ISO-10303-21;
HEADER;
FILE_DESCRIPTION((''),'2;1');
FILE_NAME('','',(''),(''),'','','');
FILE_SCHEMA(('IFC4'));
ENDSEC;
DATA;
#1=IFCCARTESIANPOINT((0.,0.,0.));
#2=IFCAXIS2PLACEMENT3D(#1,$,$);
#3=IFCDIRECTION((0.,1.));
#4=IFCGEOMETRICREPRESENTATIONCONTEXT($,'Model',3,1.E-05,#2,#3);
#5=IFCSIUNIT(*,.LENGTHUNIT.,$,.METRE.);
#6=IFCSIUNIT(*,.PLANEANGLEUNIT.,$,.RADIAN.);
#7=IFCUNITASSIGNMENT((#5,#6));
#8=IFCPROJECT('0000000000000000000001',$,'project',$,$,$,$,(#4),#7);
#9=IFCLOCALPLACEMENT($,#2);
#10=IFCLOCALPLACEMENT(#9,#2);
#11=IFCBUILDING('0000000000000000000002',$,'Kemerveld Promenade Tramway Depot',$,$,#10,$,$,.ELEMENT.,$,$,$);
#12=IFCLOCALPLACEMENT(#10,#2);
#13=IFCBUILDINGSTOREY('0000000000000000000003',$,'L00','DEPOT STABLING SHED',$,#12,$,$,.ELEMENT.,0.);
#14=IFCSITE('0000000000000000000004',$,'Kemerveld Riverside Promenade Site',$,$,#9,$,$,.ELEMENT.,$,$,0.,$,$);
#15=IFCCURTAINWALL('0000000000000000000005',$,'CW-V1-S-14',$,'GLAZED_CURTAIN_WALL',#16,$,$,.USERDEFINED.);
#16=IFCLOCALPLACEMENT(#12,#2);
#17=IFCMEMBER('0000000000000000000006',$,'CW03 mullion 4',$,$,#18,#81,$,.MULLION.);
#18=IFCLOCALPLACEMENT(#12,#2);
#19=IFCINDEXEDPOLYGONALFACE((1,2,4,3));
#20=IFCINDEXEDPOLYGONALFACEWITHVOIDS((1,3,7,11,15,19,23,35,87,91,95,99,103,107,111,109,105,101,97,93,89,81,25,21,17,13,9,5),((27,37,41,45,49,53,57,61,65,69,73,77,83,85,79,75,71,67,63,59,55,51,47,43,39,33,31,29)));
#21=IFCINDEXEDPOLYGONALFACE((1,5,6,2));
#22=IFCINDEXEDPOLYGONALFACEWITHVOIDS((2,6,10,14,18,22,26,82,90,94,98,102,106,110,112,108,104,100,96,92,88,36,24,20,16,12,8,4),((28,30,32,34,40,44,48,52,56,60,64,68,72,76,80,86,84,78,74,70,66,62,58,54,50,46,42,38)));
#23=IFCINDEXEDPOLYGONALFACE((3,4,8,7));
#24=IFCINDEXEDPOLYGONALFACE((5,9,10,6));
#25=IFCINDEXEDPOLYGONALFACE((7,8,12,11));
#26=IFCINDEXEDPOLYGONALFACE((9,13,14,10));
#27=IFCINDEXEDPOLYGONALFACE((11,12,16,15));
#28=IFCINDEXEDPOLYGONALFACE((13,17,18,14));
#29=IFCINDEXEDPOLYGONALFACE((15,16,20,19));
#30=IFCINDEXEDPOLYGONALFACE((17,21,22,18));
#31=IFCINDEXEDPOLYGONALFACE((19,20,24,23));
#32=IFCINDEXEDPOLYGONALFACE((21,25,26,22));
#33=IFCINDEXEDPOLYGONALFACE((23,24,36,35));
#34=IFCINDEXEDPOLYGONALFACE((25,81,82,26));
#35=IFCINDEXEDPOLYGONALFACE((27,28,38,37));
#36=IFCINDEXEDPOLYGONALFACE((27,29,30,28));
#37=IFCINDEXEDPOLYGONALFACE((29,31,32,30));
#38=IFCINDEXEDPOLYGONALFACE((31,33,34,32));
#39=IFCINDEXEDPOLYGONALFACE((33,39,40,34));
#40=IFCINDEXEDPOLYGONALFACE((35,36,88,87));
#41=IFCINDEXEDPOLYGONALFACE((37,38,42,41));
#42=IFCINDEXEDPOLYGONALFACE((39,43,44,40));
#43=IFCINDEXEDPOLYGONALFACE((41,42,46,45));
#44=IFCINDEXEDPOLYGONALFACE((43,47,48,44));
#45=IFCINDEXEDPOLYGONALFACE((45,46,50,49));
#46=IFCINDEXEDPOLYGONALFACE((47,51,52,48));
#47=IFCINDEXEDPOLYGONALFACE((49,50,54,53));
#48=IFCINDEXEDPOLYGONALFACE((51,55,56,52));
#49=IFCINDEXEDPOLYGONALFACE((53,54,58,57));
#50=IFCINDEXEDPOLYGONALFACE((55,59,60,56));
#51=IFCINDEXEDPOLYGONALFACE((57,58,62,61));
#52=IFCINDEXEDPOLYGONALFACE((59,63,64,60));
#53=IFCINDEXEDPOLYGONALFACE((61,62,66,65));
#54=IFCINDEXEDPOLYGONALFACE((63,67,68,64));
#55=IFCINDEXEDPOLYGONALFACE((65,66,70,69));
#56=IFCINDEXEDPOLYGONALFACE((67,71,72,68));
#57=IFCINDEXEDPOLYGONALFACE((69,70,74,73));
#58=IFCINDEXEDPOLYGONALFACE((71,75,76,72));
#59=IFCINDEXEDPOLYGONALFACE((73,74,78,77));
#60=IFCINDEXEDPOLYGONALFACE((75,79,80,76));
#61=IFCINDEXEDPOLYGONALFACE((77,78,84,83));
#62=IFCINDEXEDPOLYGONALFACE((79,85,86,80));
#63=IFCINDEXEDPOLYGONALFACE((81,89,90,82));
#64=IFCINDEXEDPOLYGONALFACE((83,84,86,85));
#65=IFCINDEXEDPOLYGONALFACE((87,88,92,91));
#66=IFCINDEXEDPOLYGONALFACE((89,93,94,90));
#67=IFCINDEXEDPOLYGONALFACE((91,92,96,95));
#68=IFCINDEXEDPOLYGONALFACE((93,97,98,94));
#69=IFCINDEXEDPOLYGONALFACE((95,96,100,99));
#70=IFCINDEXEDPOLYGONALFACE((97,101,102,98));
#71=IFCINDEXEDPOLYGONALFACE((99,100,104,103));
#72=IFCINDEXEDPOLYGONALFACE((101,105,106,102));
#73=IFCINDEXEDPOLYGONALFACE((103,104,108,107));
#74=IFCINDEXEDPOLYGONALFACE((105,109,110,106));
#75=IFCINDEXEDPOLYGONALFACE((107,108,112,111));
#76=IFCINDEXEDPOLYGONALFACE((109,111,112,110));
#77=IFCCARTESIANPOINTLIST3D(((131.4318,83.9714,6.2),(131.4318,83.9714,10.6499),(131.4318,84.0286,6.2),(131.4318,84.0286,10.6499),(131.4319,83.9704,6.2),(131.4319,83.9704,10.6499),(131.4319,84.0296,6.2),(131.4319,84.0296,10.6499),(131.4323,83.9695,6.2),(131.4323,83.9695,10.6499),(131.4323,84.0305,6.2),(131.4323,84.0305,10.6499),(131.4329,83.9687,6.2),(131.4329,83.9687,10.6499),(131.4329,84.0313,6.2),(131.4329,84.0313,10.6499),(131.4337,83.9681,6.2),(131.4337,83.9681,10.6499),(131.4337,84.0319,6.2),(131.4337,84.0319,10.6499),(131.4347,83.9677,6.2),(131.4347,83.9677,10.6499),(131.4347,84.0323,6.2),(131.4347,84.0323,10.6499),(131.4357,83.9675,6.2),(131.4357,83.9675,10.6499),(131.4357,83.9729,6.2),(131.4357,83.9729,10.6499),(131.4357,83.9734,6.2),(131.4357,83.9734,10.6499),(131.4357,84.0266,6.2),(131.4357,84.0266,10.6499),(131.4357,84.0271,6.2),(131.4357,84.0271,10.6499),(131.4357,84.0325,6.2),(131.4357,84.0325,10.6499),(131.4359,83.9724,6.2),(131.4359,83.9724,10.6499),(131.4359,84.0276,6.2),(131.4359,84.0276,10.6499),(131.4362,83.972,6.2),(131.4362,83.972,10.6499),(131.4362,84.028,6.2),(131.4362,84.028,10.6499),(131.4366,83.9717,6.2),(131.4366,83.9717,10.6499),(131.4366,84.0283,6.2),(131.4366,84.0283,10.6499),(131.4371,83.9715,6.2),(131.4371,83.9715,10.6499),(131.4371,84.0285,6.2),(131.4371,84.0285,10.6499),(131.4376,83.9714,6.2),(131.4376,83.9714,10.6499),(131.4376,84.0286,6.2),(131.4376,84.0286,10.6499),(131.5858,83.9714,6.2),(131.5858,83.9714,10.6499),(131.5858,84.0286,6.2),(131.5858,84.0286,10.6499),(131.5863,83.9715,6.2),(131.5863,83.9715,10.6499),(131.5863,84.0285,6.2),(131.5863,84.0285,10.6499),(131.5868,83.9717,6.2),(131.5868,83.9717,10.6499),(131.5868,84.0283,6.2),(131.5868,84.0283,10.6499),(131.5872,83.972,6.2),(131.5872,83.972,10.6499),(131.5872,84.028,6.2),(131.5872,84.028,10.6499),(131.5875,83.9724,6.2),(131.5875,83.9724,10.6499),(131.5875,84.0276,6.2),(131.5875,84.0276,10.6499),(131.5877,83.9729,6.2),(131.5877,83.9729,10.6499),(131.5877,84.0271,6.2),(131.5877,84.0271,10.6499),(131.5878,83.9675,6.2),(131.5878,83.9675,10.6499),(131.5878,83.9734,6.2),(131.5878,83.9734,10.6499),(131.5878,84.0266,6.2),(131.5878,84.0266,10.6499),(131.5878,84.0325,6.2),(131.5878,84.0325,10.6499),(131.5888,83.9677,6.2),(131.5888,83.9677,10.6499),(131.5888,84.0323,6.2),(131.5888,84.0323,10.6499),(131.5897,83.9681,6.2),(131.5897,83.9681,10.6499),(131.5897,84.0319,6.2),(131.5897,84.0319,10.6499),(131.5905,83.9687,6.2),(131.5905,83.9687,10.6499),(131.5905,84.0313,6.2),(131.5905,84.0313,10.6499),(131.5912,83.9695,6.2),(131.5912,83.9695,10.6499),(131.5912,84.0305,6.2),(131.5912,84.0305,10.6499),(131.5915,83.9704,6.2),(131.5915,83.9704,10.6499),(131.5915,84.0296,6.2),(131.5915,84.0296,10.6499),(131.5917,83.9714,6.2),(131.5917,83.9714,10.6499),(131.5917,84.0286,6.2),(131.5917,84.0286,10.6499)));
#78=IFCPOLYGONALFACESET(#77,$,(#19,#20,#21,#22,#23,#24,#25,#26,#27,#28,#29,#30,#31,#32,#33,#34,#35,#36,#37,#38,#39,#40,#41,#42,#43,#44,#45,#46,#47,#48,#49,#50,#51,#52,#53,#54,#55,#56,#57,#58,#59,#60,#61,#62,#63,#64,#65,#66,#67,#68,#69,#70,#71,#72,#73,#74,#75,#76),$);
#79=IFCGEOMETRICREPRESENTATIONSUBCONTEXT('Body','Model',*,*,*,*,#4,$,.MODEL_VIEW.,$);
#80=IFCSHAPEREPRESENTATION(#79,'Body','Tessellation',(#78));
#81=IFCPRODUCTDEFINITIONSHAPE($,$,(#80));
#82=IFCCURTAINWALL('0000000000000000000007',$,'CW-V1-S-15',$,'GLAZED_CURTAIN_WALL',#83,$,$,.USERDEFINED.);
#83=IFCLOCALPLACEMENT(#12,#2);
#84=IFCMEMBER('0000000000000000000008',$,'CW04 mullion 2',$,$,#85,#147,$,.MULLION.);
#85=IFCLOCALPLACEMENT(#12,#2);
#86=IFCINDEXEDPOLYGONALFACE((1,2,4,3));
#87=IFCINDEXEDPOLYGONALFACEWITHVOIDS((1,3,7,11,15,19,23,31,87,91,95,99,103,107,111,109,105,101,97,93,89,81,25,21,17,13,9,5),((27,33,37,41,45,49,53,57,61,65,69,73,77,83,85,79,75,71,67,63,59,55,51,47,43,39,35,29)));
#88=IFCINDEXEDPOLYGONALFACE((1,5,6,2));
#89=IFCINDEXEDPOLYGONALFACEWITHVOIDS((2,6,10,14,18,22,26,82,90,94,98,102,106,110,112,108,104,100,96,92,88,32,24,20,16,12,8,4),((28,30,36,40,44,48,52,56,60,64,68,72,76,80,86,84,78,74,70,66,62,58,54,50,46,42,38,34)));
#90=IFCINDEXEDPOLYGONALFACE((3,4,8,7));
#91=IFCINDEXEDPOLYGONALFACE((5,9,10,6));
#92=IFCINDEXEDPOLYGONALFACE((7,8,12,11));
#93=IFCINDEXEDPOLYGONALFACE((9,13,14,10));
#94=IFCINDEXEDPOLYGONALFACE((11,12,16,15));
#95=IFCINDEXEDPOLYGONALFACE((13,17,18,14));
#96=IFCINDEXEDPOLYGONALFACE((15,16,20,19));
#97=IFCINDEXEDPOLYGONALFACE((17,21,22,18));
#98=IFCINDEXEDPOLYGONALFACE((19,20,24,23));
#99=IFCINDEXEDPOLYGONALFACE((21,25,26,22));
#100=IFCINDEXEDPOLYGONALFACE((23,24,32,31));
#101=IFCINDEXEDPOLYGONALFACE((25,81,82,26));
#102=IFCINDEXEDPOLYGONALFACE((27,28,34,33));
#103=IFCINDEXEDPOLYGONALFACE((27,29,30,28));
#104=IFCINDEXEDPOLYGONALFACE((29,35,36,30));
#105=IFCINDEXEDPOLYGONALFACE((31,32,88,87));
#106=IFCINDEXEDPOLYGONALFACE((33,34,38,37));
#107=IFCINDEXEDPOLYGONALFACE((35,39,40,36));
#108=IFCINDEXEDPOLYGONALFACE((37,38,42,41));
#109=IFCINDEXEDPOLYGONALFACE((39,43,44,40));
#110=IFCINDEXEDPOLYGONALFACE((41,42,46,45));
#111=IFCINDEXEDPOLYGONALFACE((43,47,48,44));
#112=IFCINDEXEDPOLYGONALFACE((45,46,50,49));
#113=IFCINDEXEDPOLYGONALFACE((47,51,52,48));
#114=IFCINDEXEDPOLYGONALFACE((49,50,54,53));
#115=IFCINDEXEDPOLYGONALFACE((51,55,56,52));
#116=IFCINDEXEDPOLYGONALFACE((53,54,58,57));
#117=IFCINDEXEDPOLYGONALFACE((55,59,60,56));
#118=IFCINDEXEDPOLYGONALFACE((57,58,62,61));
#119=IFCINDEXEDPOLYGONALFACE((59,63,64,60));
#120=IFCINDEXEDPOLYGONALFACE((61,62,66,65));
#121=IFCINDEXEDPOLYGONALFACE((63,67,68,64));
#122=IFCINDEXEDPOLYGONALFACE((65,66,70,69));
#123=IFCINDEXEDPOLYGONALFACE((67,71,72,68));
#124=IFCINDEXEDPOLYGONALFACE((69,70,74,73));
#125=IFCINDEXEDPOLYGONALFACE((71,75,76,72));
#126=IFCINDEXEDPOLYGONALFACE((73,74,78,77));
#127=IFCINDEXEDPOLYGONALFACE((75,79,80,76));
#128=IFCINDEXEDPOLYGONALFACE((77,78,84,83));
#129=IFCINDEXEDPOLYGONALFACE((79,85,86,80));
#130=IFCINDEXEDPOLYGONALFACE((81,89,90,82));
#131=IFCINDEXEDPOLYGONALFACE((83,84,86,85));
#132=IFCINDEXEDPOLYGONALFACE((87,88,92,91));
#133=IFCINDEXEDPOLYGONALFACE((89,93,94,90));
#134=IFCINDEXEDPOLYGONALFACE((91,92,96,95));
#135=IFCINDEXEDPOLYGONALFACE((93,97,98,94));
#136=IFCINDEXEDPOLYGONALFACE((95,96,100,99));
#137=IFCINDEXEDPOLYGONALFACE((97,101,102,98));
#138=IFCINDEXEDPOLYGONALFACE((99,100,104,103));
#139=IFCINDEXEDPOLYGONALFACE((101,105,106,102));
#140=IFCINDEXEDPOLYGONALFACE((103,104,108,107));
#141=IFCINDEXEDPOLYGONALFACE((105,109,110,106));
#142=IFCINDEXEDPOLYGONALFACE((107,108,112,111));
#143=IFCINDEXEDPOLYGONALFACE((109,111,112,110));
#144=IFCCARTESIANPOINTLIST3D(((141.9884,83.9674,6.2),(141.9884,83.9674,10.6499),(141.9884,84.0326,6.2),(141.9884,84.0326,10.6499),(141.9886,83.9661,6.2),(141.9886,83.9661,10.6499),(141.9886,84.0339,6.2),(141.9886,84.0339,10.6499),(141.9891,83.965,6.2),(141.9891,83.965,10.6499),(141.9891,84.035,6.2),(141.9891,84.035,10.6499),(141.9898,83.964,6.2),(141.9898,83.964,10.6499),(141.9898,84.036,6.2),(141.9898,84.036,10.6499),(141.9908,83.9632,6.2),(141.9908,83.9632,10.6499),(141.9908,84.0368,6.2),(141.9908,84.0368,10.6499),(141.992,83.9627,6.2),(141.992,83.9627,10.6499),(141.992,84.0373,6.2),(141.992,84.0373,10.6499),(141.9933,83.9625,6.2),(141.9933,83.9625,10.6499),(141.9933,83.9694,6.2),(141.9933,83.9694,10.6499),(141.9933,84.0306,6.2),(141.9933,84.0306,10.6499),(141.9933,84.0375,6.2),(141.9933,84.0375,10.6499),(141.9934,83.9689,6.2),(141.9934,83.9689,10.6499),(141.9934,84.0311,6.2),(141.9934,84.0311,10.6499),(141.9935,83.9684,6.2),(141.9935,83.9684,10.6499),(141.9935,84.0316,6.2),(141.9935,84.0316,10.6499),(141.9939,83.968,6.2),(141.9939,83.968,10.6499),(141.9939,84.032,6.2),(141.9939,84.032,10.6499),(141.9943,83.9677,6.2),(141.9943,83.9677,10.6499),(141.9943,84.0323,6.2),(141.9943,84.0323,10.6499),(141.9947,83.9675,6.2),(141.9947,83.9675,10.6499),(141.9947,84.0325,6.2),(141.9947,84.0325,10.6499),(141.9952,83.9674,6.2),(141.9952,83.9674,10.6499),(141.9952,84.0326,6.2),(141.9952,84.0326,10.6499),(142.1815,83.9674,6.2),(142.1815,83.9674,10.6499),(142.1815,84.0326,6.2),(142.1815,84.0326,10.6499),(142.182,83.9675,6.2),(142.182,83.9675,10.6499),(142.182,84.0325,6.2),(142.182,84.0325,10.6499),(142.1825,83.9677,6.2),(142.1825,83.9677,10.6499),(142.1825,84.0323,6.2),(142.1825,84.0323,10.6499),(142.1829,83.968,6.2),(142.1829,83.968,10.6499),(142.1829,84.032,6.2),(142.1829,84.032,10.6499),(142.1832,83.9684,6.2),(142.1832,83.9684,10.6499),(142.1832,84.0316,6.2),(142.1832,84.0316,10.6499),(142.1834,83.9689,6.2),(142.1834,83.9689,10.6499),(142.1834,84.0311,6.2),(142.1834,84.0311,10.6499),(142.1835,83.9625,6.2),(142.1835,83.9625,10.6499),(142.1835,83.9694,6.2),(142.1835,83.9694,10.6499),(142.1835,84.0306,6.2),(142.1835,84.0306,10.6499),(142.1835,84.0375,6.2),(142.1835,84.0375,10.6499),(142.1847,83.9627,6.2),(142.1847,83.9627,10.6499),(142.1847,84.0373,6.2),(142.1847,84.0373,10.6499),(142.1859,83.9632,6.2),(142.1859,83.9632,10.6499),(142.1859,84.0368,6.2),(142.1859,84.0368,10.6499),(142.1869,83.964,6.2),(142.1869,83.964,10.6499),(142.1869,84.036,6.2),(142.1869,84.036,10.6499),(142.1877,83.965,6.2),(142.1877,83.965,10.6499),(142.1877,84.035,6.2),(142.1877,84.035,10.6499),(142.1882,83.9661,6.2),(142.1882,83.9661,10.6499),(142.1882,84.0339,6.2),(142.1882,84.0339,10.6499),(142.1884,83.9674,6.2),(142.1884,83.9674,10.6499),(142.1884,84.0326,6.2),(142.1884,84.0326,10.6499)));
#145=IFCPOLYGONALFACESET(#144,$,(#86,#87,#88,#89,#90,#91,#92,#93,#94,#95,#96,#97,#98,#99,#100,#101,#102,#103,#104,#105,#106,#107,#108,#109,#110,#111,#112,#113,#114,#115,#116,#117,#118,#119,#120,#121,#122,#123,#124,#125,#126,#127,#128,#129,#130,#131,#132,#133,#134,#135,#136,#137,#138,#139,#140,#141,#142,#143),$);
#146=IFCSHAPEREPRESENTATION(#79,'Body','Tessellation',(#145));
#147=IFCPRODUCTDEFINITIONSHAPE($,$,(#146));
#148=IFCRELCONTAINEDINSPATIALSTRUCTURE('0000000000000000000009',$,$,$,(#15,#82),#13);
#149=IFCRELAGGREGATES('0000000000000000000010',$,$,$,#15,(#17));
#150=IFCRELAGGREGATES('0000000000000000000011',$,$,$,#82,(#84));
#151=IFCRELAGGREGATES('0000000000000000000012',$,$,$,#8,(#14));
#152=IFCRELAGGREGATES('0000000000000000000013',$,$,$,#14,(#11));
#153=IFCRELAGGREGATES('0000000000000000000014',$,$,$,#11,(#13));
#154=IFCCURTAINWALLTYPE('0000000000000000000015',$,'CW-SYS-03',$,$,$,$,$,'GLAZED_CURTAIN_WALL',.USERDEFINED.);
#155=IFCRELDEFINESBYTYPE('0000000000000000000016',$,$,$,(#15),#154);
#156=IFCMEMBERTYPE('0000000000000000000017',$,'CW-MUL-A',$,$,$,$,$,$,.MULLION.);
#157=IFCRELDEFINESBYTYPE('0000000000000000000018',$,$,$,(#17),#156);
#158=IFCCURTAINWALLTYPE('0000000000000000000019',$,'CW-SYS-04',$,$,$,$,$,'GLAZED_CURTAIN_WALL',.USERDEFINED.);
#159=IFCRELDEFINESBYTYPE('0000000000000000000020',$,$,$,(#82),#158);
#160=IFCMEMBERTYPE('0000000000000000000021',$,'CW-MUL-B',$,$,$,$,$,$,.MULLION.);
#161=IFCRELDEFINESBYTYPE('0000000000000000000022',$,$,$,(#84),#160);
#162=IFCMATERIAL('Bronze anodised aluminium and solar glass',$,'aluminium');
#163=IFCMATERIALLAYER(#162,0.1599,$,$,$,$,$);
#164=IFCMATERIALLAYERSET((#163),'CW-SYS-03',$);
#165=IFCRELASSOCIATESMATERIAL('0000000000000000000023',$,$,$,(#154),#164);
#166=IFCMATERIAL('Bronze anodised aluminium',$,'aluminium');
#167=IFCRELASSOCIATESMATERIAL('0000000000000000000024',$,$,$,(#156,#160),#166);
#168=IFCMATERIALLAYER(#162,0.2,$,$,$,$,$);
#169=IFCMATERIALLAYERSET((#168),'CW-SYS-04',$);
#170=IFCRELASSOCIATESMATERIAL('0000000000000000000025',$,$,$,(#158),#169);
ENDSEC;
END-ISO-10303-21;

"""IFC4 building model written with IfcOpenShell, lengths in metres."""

from ifc_helpers import new_model, si_unit, direction, frame, origin, origin_2d, place, context, subcontext, project, spatial, hollow_rectangle, extrude, material, layer, layer_set, material_profile, profile_set, type_object, element, aggregate, save


model = new_model("IFC4")

# Units and contexts
model_context = context("Model", 3, precision=1e-05, world=origin(), true_north=direction((0.0, 1.0)))
body_context = subcontext(model_context, "Body", "Model", "MODEL_VIEW")
ifc_project = project(units=[si_unit("LENGTHUNIT", "METRE"), si_unit("PLANEANGLEUNIT", "RADIAN")], contexts=[model_context])

# Site, building, storey
site_placement = place(None, origin())
site = spatial("IfcSite", under=ifc_project, at=site_placement, Name="Kemerveld Riverside Promenade Site", CompositionType="ELEMENT", RefElevation=0.0)
building_placement = place(site_placement, origin())
building = spatial("IfcBuilding", under=site, at=building_placement, Name="Kemerveld Promenade Tramway Depot", CompositionType="ELEMENT")
storey_placement = place(building_placement, origin())
storey = spatial("IfcBuildingStorey", under=building, at=storey_placement, Name="L00", Description="DEPOT STABLING SHED", CompositionType="ELEMENT", Elevation=0.0)

# Curtain walls, members
ifc_material_1 = material(Name="Bronze anodised aluminium and solar glass", Category="aluminium")
ifc_layer_1 = layer(ifc_material_1, 0.1599)
ifc_layer_set_1 = layer_set([ifc_layer_1], Name="CW-SYS-03")
curtain_wall_type_1 = type_object("IfcCurtainWallType", Name="CW-SYS-03", ElementType="GLAZED_CURTAIN_WALL", PredefinedType="USERDEFINED", material=ifc_layer_set_1)
curtain_wall_1_placement = place(storey_placement, origin())
curtain_wall_1 = element("IfcCurtainWall", 1, at=curtain_wall_1_placement, inside=storey, type_object=curtain_wall_type_1, Name="CW-V1-S-14", ObjectType="GLAZED_CURTAIN_WALL", PredefinedType="USERDEFINED")
ifc_material_2 = material(Name="Bronze anodised aluminium", Category="aluminium")
ifc_material_profile_1 = material_profile(ifc_material_2, hollow_rectangle(XDim=0.0649, YDim=0.1599, WallThickness=0.0039, InnerFilletRadius=0.002, OuterFilletRadius=0.0039, at=origin_2d()), Name="CW-MUL-160x65")
ifc_profile_set_1 = profile_set([ifc_material_profile_1], Name="Bronze anodised aluminium")
member_type_1 = type_object("IfcMemberType", Name="CW-MUL-A", PredefinedType="MULLION", material=ifc_profile_set_1)
member_1_placement = place(storey_placement, frame((131.5117, 84.0, 6.2), z_axis=(0.0, 0.0, 1.0), x_axis=(0.0, -1.0, 0.0)))
member_1 = element("IfcMember", 2, at=member_1_placement, type_object=member_type_1, Name="CW03 mullion 4", PredefinedType="MULLION", context=body_context, shape_type="SweptSolid", body=[
    extrude(hollow_rectangle(XDim=0.0649, YDim=0.1599, WallThickness=0.0039, InnerFilletRadius=0.002, OuterFilletRadius=0.0039, at=origin_2d()), origin(), (0.0, 0.0, 1.0), 4.45),
])
ifc_layer_2 = layer(ifc_material_1, 0.2)
ifc_layer_set_2 = layer_set([ifc_layer_2], Name="CW-SYS-04")
curtain_wall_type_2 = type_object("IfcCurtainWallType", Name="CW-SYS-04", ElementType="GLAZED_CURTAIN_WALL", PredefinedType="USERDEFINED", material=ifc_layer_set_2)
curtain_wall_2_placement = place(storey_placement, origin())
curtain_wall_2 = element("IfcCurtainWall", 3, at=curtain_wall_2_placement, inside=storey, type_object=curtain_wall_type_2, Name="CW-V1-S-15", ObjectType="GLAZED_CURTAIN_WALL", PredefinedType="USERDEFINED")
ifc_material_profile_2 = material_profile(ifc_material_2, hollow_rectangle(XDim=0.075, YDim=0.2, WallThickness=0.0049, InnerFilletRadius=0.002, OuterFilletRadius=0.0049, at=origin_2d()), Name="CW-MUL-200x75")
ifc_profile_set_2 = profile_set([ifc_material_profile_2], Name="Bronze anodised aluminium")
member_type_2 = type_object("IfcMemberType", Name="CW-MUL-B", PredefinedType="MULLION", material=ifc_profile_set_2)
member_2_placement = place(storey_placement, frame((142.0884, 84.0, 6.2), z_axis=(0.0, 0.0, 1.0), x_axis=(0.0, -1.0, 0.0)))
member_2 = element("IfcMember", 4, at=member_2_placement, type_object=member_type_2, Name="CW04 mullion 2", PredefinedType="MULLION", context=body_context, shape_type="SweptSolid", body=[
    extrude(hollow_rectangle(XDim=0.075, YDim=0.2, WallThickness=0.0049, InnerFilletRadius=0.002, OuterFilletRadius=0.0049, at=origin_2d()), origin(), (0.0, 0.0, 1.0), 4.45),
])

aggregate(curtain_wall_1, [member_1])
aggregate(curtain_wall_2, [member_2])

save(model, "model.ifc")
